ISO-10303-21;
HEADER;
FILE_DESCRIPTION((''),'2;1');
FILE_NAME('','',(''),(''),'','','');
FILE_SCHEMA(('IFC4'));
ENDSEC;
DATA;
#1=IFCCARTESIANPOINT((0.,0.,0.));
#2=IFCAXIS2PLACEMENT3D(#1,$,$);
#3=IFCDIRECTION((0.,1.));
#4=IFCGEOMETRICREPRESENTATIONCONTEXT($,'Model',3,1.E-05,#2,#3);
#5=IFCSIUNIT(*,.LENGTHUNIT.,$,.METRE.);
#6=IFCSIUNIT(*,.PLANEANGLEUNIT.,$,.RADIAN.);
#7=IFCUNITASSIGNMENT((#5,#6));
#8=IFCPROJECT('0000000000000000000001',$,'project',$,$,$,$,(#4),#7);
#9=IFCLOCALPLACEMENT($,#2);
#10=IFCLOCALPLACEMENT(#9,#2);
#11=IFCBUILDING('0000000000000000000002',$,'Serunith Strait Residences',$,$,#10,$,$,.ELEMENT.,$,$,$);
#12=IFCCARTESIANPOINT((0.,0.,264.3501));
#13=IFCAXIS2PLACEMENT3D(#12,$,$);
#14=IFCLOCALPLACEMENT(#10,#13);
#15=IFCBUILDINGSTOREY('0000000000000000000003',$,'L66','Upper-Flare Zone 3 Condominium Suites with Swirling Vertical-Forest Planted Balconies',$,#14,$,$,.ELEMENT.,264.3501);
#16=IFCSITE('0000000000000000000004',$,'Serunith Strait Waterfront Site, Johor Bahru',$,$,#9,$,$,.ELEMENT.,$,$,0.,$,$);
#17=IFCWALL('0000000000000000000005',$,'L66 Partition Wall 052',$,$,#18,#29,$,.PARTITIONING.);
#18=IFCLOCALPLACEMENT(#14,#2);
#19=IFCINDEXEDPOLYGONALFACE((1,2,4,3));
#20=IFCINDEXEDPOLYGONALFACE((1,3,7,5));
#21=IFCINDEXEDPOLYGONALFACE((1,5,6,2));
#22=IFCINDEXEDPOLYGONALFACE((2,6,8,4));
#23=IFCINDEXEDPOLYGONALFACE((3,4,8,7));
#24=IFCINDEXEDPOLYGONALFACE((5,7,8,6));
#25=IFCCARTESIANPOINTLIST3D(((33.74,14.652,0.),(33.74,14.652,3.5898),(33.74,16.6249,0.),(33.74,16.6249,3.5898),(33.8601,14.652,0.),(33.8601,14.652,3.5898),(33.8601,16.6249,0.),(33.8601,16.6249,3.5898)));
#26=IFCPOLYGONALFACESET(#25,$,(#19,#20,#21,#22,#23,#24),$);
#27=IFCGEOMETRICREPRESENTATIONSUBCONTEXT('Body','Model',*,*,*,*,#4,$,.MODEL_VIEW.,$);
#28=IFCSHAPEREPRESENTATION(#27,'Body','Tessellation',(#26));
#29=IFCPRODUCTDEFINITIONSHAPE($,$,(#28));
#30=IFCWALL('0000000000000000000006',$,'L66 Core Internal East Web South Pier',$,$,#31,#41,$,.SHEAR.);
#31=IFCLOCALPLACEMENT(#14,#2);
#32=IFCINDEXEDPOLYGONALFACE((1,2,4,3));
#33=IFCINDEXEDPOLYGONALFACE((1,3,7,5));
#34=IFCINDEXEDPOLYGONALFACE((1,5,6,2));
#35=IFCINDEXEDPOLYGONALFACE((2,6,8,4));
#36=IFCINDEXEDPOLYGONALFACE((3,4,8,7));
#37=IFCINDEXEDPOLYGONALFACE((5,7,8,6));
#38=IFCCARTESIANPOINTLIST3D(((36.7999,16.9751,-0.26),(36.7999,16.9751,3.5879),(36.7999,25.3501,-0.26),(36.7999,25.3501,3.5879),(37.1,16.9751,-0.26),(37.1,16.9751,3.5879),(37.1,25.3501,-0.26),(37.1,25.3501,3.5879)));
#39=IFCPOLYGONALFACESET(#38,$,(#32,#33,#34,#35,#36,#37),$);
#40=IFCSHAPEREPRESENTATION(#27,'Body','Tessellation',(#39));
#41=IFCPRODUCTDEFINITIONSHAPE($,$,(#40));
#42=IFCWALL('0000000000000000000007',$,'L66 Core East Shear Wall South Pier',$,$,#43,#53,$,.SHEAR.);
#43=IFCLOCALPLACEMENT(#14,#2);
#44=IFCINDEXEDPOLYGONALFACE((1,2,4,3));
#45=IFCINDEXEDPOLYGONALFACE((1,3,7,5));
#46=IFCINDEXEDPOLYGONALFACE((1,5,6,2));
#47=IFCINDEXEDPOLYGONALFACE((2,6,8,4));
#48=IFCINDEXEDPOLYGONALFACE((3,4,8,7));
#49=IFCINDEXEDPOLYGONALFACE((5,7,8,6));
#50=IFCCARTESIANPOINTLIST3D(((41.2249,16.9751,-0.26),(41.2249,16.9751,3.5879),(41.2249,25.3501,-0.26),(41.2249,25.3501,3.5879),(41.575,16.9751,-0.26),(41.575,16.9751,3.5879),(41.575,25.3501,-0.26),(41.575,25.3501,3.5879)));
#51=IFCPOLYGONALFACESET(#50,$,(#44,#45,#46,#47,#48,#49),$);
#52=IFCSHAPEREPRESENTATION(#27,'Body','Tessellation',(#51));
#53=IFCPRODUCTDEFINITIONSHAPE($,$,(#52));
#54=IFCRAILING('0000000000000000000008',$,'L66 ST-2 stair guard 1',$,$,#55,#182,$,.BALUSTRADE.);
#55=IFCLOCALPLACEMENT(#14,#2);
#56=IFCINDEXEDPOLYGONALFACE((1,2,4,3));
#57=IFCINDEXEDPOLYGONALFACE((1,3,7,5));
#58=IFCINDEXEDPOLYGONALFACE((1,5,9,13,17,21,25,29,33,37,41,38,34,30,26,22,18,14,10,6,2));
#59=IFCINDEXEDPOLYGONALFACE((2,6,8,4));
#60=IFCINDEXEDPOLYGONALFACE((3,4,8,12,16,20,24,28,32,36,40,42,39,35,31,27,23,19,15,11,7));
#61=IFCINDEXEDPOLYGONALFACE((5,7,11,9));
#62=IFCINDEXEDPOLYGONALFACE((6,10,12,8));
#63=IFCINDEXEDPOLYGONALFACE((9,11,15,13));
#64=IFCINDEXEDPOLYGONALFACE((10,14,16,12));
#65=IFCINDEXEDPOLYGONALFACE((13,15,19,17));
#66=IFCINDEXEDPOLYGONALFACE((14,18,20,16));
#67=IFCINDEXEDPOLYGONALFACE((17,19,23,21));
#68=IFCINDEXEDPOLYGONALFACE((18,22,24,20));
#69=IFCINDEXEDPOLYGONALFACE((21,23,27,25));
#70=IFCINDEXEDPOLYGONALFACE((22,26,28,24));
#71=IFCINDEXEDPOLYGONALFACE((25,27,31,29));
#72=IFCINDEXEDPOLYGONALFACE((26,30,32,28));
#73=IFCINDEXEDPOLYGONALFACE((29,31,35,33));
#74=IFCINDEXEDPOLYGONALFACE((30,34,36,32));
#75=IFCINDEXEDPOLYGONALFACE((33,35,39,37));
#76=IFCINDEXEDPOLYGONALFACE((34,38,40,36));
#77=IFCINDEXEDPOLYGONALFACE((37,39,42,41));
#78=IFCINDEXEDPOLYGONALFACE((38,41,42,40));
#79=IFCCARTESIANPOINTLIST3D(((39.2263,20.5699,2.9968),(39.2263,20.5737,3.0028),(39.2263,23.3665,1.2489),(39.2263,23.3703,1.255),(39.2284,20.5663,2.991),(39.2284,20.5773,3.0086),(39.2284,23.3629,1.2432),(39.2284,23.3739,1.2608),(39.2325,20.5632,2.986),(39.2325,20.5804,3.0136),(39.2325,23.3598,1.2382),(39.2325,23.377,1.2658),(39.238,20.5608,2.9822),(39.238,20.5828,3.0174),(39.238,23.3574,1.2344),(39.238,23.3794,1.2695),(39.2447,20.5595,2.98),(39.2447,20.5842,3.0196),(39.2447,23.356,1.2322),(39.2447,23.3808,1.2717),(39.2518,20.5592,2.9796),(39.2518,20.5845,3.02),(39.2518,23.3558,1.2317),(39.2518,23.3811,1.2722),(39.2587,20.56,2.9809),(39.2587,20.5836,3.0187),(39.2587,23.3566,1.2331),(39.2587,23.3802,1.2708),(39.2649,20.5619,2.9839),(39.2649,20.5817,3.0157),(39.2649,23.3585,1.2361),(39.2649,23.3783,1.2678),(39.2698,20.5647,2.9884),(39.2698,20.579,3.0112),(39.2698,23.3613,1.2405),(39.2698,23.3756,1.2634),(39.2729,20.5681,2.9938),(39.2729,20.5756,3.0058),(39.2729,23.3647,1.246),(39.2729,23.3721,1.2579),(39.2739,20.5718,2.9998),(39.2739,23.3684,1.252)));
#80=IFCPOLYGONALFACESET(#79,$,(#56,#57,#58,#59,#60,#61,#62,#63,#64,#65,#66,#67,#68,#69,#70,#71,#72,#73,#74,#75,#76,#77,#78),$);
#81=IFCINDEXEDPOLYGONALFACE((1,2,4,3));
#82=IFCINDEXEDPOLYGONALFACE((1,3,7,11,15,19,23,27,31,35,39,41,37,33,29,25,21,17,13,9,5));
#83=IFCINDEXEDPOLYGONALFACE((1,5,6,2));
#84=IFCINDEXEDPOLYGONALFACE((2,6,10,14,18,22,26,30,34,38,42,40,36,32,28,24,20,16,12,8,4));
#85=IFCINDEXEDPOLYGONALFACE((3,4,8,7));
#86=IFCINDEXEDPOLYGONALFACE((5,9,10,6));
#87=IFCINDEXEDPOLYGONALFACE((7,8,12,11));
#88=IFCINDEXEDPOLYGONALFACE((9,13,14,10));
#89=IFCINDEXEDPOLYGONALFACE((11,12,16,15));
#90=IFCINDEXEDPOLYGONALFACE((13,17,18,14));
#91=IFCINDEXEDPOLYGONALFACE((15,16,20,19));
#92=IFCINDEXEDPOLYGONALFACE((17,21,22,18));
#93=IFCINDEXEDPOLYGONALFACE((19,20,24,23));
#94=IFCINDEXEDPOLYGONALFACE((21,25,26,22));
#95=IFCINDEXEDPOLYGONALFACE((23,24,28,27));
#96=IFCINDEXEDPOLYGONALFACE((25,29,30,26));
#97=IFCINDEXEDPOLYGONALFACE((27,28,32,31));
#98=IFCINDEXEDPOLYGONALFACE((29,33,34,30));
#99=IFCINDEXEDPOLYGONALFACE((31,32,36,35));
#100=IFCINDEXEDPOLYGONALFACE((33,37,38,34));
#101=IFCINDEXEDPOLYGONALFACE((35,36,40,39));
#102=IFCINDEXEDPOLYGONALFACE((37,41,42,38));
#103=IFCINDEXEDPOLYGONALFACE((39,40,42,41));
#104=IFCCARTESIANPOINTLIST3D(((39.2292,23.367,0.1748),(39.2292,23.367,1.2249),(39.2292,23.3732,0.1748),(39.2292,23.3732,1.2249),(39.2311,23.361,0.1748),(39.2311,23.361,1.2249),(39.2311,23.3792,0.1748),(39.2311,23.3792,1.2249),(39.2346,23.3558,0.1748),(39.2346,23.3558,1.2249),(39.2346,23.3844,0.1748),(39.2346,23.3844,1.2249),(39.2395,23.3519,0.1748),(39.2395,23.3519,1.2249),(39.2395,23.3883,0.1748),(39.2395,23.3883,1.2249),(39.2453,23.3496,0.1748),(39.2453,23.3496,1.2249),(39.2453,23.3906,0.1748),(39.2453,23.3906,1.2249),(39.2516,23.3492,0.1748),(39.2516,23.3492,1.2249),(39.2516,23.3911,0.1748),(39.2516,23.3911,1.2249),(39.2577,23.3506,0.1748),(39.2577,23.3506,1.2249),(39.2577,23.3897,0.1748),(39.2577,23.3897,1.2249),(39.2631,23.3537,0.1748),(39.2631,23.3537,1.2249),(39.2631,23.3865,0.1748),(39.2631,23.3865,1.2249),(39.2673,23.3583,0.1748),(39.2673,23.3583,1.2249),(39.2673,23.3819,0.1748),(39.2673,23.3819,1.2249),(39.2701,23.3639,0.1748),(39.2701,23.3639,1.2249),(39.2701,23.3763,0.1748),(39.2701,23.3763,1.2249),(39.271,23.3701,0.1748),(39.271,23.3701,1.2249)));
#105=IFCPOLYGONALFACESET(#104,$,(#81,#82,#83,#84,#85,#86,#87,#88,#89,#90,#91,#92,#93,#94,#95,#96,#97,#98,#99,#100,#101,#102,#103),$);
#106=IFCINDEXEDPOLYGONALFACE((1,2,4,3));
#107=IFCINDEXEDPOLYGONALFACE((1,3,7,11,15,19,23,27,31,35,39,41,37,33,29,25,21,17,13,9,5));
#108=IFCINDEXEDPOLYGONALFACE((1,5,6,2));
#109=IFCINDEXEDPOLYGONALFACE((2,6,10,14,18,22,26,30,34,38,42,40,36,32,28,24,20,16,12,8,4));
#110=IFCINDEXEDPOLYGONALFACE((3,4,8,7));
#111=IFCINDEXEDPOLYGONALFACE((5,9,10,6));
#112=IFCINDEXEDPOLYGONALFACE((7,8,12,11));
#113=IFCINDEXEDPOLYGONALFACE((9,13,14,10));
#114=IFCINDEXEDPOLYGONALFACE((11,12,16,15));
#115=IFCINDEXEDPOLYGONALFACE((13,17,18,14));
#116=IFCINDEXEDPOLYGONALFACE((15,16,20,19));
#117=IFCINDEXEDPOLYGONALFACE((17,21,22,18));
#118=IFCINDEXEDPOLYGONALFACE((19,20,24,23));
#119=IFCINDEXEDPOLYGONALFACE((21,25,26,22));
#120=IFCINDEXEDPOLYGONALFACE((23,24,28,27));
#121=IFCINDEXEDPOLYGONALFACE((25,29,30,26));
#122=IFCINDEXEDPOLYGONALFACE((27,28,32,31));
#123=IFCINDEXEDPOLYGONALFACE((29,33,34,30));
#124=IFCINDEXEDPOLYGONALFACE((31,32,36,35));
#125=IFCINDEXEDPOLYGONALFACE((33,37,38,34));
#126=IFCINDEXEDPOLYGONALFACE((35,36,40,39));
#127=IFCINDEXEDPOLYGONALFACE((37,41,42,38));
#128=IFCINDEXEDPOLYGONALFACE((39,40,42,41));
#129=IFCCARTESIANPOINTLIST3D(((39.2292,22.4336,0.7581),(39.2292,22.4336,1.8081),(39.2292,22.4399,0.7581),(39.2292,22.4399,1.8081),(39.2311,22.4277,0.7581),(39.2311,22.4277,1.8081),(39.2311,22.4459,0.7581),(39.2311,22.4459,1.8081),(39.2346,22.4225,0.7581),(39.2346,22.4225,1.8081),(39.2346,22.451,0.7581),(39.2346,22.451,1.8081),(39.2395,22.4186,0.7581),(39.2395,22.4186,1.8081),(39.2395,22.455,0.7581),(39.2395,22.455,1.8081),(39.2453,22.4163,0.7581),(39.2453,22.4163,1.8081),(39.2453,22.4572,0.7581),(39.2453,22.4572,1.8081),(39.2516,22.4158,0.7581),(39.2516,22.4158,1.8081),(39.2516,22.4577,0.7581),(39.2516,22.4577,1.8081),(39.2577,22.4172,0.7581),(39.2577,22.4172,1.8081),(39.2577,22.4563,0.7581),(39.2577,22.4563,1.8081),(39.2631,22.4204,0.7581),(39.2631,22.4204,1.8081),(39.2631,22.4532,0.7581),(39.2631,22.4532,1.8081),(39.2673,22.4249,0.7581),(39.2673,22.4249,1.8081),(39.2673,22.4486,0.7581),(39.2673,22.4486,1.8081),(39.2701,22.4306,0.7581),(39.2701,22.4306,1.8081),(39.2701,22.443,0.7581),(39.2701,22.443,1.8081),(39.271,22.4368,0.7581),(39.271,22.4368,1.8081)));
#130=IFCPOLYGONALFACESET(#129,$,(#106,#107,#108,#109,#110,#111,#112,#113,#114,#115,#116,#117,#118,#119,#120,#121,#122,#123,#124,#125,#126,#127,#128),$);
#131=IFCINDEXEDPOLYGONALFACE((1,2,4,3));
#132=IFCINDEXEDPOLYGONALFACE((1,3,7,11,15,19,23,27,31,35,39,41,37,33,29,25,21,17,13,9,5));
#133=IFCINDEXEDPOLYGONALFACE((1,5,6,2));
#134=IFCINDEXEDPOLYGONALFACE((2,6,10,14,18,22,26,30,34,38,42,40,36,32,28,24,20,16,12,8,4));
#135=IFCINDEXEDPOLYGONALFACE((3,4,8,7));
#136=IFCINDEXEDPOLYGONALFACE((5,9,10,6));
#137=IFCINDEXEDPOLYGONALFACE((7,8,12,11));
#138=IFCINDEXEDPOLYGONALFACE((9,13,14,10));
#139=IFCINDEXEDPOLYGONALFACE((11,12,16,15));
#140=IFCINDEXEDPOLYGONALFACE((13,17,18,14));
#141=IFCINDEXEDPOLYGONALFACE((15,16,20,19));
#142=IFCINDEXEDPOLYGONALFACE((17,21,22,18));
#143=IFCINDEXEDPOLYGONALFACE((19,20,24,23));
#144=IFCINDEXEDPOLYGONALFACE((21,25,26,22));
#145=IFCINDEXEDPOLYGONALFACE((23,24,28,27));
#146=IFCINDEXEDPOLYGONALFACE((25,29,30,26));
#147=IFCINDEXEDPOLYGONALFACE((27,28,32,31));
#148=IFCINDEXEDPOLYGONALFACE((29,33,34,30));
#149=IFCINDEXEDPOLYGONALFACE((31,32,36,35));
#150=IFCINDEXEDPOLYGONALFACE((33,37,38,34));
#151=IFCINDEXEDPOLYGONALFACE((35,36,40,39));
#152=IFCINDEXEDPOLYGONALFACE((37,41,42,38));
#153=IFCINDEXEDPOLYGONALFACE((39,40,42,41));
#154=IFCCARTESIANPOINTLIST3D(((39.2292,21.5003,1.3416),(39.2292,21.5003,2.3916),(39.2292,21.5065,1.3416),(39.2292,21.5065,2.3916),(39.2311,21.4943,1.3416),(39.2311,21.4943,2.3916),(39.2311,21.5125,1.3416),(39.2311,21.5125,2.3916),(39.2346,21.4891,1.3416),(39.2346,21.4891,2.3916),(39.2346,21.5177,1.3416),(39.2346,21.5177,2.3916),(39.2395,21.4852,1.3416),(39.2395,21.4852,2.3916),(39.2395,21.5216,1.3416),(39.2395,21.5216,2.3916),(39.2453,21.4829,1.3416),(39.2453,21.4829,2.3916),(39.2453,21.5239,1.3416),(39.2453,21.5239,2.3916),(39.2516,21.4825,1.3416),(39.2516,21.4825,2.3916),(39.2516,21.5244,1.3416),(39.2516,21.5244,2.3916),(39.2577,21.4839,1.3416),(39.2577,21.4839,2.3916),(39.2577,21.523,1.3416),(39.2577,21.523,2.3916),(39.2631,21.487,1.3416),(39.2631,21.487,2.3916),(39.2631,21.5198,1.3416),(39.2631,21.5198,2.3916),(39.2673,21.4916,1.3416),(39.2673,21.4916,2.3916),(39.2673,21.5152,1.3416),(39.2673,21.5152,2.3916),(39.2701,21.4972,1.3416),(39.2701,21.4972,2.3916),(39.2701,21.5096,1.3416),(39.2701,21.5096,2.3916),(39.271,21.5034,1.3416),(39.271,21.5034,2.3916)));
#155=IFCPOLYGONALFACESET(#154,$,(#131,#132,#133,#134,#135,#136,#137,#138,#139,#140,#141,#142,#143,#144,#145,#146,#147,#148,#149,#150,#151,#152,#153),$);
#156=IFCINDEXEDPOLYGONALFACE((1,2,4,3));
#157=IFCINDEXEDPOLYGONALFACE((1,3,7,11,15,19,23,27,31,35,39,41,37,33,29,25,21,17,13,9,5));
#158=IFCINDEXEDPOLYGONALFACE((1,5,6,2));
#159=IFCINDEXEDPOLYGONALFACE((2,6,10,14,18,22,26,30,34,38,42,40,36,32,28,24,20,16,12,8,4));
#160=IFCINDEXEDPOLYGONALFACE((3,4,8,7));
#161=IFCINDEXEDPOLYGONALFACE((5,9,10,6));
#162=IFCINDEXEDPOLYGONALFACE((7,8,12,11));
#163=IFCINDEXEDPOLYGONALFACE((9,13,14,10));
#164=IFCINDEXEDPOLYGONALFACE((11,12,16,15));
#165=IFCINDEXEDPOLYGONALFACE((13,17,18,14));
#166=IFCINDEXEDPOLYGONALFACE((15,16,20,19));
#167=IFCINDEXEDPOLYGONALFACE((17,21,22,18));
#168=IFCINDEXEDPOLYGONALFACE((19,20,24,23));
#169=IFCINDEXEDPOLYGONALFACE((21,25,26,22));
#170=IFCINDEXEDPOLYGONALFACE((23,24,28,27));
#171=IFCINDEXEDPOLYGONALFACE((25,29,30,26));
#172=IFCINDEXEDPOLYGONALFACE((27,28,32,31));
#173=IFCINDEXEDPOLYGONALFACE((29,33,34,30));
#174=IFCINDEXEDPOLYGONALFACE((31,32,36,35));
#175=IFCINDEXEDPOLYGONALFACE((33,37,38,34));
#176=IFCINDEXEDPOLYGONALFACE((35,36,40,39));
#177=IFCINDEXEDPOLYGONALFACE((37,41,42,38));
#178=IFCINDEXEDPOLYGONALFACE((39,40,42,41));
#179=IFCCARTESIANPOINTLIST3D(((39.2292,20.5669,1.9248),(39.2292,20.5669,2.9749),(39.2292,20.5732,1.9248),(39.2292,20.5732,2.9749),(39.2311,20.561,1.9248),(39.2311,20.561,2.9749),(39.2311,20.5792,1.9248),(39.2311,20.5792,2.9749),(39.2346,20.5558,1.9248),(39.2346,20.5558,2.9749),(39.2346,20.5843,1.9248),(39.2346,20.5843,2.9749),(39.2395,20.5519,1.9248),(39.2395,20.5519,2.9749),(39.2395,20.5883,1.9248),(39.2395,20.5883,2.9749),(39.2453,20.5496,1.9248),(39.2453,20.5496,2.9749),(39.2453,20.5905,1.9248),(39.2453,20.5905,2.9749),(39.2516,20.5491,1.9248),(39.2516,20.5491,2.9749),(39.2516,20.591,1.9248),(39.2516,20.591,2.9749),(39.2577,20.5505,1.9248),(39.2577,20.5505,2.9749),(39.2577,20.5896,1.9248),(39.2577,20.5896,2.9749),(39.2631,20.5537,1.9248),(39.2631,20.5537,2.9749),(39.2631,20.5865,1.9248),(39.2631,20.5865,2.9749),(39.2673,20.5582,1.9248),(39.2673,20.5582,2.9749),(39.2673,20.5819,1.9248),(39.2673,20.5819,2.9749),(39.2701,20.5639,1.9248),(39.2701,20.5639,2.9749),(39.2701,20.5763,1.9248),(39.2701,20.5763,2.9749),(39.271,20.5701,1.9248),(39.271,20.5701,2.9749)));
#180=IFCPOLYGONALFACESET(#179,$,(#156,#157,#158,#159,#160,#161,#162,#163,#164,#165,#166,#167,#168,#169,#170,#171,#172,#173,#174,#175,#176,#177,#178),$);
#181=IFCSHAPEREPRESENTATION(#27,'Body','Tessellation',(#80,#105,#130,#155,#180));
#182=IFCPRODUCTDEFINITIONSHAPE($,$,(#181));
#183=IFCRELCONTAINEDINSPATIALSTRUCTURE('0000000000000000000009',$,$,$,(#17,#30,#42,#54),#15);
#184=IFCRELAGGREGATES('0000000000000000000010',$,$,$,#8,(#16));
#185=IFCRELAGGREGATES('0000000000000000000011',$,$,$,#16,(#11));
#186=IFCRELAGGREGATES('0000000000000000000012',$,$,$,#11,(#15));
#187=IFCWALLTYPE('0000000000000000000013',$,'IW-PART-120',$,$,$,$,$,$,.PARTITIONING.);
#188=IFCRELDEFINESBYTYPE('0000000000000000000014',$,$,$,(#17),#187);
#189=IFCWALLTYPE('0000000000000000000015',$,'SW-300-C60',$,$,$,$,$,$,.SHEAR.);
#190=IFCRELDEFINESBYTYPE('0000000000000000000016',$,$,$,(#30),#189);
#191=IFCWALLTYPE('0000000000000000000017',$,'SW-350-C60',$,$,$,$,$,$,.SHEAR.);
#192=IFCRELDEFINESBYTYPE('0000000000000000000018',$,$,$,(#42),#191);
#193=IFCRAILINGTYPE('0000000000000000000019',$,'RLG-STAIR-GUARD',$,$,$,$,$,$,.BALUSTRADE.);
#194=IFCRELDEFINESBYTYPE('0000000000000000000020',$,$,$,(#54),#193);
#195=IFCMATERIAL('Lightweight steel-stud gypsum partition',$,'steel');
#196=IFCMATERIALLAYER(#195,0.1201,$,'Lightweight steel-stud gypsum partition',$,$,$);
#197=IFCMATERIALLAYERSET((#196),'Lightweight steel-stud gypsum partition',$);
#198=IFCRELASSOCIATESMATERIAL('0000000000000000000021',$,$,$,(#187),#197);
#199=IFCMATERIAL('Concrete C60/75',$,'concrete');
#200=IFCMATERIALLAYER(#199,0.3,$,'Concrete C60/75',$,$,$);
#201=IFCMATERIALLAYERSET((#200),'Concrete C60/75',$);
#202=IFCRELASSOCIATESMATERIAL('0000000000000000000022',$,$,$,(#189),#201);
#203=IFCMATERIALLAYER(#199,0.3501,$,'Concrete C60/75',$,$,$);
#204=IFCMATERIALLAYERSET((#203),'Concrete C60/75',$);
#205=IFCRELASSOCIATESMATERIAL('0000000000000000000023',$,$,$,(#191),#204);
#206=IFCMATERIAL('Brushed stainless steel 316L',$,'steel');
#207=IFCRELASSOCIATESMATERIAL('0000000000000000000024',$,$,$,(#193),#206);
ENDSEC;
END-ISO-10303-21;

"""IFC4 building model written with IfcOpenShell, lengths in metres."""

from ifc_helpers import new_model, si_unit, direction, frame, frame_2d, origin, origin_2d, place, context, subcontext, project, spatial, rectangle, circle, extrude, material, layer, layer_set, type_object, element, save


model = new_model("IFC4")

# Units and contexts
model_context = context("Model", 3, precision=1e-05, world=origin(), true_north=direction((0.0, 1.0)))
body_context = subcontext(model_context, "Body", "Model", "MODEL_VIEW")
ifc_project = project(units=[si_unit("LENGTHUNIT", "METRE"), si_unit("PLANEANGLEUNIT", "RADIAN")], contexts=[model_context])

# Site, building, storey
site_placement = place(None, origin())
site = spatial("IfcSite", under=ifc_project, at=site_placement, Name="Serunith Strait Waterfront Site, Johor Bahru", CompositionType="ELEMENT", RefElevation=0.0)
building_placement = place(site_placement, origin())
building = spatial("IfcBuilding", under=site, at=building_placement, Name="Serunith Strait Residences", CompositionType="ELEMENT")
storey_placement = place(building_placement, frame((0.0, 0.0, 264.3501)))
storey = spatial("IfcBuildingStorey", under=building, at=storey_placement, Name="L66", Description="Upper-Flare Zone 3 Condominium Suites with Swirling Vertical-Forest Planted Balconies", CompositionType="ELEMENT", Elevation=264.3501)

# Shared definitions
ifc_material_1 = material(Name="Concrete C60/75", Category="concrete")

# Shared definitions
ifc_material_2 = material(Name="Lightweight steel-stud gypsum partition", Category="steel")
ifc_layer_1 = layer(ifc_material_2, 0.1201, Name="Lightweight steel-stud gypsum partition")
ifc_layer_set_1 = layer_set([ifc_layer_1], Name="Lightweight steel-stud gypsum partition")
wall_type_1 = type_object("IfcWallType", Name="IW-PART-120", PredefinedType="PARTITIONING", material=ifc_layer_set_1)

# Walls
wall_1_placement = place(storey_placement, frame((33.8, 14.6521, 0.0), z_axis=(0.0, 0.0, 1.0), x_axis=(0.0, 1.0, 0.0)))
element("IfcWall", 1, at=wall_1_placement, inside=storey, type_object=wall_type_1, Name="L66 Partition Wall 052", PredefinedType="PARTITIONING", context=body_context, shape_type="SweptSolid", body=[
    extrude(rectangle(XDim=1.9729, YDim=0.1201, at=frame_2d((0.9863, 0.0))), origin(), (0.0, 0.0, 1.0), 3.5898),
])
ifc_layer_2 = layer(ifc_material_1, 0.3, Name="Concrete C60/75")
ifc_layer_set_2 = layer_set([ifc_layer_2], Name="Concrete C60/75")
wall_type_2 = type_object("IfcWallType", Name="SW-300-C60", PredefinedType="SHEAR", material=ifc_layer_set_2)
wall_2_placement = place(storey_placement, frame((36.95, 16.9751, -0.26), z_axis=(0.0, 0.0, 1.0), x_axis=(0.0, 1.0, 0.0)))
element("IfcWall", 2, at=wall_2_placement, inside=storey, type_object=wall_type_2, Name="L66 Core Internal East Web South Pier", PredefinedType="SHEAR", context=body_context, shape_type="SweptSolid", body=[
    extrude(rectangle(XDim=8.375, YDim=0.3, at=frame_2d((4.1875, 0.0))), origin(), (0.0, 0.0, 1.0), 3.8479),
])
ifc_layer_3 = layer(ifc_material_1, 0.3501, Name="Concrete C60/75")
ifc_layer_set_3 = layer_set([ifc_layer_3], Name="Concrete C60/75")
wall_type_3 = type_object("IfcWallType", Name="SW-350-C60", PredefinedType="SHEAR", material=ifc_layer_set_3)
wall_3_placement = place(storey_placement, frame((41.3999, 16.9751, -0.26), z_axis=(0.0, 0.0, 1.0), x_axis=(0.0, 1.0, 0.0)))
element("IfcWall", 3, at=wall_3_placement, inside=storey, type_object=wall_type_3, Name="L66 Core East Shear Wall South Pier", PredefinedType="SHEAR", context=body_context, shape_type="SweptSolid", body=[
    extrude(rectangle(XDim=8.375, YDim=0.3501, at=frame_2d((4.1875, 0.0))), origin(), (0.0, 0.0, 1.0), 3.8479),
])

# Railing
ifc_material_3 = material(Name="Brushed stainless steel 316L", Category="steel")
railing_type_1 = type_object("IfcRailingType", Name="RLG-STAIR-GUARD", PredefinedType="BALUSTRADE", material=ifc_material_3)
railing_1_placement = place(storey_placement, frame((39.25, 23.3701, 0.1748)))
element("IfcRailing", 4, at=railing_1_placement, inside=storey, type_object=railing_type_1, Name="L66 ST-2 stair guard 1", PredefinedType="BALUSTRADE", context=body_context, shape_type="SweptSolid", body=[
    extrude(circle(Radius=0.0239, at=origin_2d()), frame((0.0, -0.0017, 1.0771), z_axis=(0.0, -0.848002, 0.529992), x_axis=(1.0, 0.0, 0.0)), (0.0, 0.0, 1.0), 3.2979),
    extrude(circle(Radius=0.021, at=origin_2d()), origin(), (0.0, 0.0, 1.0), 1.05),
    extrude(circle(Radius=0.021, at=origin_2d()), frame((0.0, -0.9333, 0.5833)), (0.0, 0.0, 1.0), 1.05),
    extrude(circle(Radius=0.021, at=origin_2d()), frame((0.0, -1.8667, 1.1667)), (0.0, 0.0, 1.0), 1.05),
    extrude(circle(Radius=0.021, at=origin_2d()), frame((0.0, -2.8, 1.75)), (0.0, 0.0, 1.0), 1.05),
])

save(model, "model.ifc")
